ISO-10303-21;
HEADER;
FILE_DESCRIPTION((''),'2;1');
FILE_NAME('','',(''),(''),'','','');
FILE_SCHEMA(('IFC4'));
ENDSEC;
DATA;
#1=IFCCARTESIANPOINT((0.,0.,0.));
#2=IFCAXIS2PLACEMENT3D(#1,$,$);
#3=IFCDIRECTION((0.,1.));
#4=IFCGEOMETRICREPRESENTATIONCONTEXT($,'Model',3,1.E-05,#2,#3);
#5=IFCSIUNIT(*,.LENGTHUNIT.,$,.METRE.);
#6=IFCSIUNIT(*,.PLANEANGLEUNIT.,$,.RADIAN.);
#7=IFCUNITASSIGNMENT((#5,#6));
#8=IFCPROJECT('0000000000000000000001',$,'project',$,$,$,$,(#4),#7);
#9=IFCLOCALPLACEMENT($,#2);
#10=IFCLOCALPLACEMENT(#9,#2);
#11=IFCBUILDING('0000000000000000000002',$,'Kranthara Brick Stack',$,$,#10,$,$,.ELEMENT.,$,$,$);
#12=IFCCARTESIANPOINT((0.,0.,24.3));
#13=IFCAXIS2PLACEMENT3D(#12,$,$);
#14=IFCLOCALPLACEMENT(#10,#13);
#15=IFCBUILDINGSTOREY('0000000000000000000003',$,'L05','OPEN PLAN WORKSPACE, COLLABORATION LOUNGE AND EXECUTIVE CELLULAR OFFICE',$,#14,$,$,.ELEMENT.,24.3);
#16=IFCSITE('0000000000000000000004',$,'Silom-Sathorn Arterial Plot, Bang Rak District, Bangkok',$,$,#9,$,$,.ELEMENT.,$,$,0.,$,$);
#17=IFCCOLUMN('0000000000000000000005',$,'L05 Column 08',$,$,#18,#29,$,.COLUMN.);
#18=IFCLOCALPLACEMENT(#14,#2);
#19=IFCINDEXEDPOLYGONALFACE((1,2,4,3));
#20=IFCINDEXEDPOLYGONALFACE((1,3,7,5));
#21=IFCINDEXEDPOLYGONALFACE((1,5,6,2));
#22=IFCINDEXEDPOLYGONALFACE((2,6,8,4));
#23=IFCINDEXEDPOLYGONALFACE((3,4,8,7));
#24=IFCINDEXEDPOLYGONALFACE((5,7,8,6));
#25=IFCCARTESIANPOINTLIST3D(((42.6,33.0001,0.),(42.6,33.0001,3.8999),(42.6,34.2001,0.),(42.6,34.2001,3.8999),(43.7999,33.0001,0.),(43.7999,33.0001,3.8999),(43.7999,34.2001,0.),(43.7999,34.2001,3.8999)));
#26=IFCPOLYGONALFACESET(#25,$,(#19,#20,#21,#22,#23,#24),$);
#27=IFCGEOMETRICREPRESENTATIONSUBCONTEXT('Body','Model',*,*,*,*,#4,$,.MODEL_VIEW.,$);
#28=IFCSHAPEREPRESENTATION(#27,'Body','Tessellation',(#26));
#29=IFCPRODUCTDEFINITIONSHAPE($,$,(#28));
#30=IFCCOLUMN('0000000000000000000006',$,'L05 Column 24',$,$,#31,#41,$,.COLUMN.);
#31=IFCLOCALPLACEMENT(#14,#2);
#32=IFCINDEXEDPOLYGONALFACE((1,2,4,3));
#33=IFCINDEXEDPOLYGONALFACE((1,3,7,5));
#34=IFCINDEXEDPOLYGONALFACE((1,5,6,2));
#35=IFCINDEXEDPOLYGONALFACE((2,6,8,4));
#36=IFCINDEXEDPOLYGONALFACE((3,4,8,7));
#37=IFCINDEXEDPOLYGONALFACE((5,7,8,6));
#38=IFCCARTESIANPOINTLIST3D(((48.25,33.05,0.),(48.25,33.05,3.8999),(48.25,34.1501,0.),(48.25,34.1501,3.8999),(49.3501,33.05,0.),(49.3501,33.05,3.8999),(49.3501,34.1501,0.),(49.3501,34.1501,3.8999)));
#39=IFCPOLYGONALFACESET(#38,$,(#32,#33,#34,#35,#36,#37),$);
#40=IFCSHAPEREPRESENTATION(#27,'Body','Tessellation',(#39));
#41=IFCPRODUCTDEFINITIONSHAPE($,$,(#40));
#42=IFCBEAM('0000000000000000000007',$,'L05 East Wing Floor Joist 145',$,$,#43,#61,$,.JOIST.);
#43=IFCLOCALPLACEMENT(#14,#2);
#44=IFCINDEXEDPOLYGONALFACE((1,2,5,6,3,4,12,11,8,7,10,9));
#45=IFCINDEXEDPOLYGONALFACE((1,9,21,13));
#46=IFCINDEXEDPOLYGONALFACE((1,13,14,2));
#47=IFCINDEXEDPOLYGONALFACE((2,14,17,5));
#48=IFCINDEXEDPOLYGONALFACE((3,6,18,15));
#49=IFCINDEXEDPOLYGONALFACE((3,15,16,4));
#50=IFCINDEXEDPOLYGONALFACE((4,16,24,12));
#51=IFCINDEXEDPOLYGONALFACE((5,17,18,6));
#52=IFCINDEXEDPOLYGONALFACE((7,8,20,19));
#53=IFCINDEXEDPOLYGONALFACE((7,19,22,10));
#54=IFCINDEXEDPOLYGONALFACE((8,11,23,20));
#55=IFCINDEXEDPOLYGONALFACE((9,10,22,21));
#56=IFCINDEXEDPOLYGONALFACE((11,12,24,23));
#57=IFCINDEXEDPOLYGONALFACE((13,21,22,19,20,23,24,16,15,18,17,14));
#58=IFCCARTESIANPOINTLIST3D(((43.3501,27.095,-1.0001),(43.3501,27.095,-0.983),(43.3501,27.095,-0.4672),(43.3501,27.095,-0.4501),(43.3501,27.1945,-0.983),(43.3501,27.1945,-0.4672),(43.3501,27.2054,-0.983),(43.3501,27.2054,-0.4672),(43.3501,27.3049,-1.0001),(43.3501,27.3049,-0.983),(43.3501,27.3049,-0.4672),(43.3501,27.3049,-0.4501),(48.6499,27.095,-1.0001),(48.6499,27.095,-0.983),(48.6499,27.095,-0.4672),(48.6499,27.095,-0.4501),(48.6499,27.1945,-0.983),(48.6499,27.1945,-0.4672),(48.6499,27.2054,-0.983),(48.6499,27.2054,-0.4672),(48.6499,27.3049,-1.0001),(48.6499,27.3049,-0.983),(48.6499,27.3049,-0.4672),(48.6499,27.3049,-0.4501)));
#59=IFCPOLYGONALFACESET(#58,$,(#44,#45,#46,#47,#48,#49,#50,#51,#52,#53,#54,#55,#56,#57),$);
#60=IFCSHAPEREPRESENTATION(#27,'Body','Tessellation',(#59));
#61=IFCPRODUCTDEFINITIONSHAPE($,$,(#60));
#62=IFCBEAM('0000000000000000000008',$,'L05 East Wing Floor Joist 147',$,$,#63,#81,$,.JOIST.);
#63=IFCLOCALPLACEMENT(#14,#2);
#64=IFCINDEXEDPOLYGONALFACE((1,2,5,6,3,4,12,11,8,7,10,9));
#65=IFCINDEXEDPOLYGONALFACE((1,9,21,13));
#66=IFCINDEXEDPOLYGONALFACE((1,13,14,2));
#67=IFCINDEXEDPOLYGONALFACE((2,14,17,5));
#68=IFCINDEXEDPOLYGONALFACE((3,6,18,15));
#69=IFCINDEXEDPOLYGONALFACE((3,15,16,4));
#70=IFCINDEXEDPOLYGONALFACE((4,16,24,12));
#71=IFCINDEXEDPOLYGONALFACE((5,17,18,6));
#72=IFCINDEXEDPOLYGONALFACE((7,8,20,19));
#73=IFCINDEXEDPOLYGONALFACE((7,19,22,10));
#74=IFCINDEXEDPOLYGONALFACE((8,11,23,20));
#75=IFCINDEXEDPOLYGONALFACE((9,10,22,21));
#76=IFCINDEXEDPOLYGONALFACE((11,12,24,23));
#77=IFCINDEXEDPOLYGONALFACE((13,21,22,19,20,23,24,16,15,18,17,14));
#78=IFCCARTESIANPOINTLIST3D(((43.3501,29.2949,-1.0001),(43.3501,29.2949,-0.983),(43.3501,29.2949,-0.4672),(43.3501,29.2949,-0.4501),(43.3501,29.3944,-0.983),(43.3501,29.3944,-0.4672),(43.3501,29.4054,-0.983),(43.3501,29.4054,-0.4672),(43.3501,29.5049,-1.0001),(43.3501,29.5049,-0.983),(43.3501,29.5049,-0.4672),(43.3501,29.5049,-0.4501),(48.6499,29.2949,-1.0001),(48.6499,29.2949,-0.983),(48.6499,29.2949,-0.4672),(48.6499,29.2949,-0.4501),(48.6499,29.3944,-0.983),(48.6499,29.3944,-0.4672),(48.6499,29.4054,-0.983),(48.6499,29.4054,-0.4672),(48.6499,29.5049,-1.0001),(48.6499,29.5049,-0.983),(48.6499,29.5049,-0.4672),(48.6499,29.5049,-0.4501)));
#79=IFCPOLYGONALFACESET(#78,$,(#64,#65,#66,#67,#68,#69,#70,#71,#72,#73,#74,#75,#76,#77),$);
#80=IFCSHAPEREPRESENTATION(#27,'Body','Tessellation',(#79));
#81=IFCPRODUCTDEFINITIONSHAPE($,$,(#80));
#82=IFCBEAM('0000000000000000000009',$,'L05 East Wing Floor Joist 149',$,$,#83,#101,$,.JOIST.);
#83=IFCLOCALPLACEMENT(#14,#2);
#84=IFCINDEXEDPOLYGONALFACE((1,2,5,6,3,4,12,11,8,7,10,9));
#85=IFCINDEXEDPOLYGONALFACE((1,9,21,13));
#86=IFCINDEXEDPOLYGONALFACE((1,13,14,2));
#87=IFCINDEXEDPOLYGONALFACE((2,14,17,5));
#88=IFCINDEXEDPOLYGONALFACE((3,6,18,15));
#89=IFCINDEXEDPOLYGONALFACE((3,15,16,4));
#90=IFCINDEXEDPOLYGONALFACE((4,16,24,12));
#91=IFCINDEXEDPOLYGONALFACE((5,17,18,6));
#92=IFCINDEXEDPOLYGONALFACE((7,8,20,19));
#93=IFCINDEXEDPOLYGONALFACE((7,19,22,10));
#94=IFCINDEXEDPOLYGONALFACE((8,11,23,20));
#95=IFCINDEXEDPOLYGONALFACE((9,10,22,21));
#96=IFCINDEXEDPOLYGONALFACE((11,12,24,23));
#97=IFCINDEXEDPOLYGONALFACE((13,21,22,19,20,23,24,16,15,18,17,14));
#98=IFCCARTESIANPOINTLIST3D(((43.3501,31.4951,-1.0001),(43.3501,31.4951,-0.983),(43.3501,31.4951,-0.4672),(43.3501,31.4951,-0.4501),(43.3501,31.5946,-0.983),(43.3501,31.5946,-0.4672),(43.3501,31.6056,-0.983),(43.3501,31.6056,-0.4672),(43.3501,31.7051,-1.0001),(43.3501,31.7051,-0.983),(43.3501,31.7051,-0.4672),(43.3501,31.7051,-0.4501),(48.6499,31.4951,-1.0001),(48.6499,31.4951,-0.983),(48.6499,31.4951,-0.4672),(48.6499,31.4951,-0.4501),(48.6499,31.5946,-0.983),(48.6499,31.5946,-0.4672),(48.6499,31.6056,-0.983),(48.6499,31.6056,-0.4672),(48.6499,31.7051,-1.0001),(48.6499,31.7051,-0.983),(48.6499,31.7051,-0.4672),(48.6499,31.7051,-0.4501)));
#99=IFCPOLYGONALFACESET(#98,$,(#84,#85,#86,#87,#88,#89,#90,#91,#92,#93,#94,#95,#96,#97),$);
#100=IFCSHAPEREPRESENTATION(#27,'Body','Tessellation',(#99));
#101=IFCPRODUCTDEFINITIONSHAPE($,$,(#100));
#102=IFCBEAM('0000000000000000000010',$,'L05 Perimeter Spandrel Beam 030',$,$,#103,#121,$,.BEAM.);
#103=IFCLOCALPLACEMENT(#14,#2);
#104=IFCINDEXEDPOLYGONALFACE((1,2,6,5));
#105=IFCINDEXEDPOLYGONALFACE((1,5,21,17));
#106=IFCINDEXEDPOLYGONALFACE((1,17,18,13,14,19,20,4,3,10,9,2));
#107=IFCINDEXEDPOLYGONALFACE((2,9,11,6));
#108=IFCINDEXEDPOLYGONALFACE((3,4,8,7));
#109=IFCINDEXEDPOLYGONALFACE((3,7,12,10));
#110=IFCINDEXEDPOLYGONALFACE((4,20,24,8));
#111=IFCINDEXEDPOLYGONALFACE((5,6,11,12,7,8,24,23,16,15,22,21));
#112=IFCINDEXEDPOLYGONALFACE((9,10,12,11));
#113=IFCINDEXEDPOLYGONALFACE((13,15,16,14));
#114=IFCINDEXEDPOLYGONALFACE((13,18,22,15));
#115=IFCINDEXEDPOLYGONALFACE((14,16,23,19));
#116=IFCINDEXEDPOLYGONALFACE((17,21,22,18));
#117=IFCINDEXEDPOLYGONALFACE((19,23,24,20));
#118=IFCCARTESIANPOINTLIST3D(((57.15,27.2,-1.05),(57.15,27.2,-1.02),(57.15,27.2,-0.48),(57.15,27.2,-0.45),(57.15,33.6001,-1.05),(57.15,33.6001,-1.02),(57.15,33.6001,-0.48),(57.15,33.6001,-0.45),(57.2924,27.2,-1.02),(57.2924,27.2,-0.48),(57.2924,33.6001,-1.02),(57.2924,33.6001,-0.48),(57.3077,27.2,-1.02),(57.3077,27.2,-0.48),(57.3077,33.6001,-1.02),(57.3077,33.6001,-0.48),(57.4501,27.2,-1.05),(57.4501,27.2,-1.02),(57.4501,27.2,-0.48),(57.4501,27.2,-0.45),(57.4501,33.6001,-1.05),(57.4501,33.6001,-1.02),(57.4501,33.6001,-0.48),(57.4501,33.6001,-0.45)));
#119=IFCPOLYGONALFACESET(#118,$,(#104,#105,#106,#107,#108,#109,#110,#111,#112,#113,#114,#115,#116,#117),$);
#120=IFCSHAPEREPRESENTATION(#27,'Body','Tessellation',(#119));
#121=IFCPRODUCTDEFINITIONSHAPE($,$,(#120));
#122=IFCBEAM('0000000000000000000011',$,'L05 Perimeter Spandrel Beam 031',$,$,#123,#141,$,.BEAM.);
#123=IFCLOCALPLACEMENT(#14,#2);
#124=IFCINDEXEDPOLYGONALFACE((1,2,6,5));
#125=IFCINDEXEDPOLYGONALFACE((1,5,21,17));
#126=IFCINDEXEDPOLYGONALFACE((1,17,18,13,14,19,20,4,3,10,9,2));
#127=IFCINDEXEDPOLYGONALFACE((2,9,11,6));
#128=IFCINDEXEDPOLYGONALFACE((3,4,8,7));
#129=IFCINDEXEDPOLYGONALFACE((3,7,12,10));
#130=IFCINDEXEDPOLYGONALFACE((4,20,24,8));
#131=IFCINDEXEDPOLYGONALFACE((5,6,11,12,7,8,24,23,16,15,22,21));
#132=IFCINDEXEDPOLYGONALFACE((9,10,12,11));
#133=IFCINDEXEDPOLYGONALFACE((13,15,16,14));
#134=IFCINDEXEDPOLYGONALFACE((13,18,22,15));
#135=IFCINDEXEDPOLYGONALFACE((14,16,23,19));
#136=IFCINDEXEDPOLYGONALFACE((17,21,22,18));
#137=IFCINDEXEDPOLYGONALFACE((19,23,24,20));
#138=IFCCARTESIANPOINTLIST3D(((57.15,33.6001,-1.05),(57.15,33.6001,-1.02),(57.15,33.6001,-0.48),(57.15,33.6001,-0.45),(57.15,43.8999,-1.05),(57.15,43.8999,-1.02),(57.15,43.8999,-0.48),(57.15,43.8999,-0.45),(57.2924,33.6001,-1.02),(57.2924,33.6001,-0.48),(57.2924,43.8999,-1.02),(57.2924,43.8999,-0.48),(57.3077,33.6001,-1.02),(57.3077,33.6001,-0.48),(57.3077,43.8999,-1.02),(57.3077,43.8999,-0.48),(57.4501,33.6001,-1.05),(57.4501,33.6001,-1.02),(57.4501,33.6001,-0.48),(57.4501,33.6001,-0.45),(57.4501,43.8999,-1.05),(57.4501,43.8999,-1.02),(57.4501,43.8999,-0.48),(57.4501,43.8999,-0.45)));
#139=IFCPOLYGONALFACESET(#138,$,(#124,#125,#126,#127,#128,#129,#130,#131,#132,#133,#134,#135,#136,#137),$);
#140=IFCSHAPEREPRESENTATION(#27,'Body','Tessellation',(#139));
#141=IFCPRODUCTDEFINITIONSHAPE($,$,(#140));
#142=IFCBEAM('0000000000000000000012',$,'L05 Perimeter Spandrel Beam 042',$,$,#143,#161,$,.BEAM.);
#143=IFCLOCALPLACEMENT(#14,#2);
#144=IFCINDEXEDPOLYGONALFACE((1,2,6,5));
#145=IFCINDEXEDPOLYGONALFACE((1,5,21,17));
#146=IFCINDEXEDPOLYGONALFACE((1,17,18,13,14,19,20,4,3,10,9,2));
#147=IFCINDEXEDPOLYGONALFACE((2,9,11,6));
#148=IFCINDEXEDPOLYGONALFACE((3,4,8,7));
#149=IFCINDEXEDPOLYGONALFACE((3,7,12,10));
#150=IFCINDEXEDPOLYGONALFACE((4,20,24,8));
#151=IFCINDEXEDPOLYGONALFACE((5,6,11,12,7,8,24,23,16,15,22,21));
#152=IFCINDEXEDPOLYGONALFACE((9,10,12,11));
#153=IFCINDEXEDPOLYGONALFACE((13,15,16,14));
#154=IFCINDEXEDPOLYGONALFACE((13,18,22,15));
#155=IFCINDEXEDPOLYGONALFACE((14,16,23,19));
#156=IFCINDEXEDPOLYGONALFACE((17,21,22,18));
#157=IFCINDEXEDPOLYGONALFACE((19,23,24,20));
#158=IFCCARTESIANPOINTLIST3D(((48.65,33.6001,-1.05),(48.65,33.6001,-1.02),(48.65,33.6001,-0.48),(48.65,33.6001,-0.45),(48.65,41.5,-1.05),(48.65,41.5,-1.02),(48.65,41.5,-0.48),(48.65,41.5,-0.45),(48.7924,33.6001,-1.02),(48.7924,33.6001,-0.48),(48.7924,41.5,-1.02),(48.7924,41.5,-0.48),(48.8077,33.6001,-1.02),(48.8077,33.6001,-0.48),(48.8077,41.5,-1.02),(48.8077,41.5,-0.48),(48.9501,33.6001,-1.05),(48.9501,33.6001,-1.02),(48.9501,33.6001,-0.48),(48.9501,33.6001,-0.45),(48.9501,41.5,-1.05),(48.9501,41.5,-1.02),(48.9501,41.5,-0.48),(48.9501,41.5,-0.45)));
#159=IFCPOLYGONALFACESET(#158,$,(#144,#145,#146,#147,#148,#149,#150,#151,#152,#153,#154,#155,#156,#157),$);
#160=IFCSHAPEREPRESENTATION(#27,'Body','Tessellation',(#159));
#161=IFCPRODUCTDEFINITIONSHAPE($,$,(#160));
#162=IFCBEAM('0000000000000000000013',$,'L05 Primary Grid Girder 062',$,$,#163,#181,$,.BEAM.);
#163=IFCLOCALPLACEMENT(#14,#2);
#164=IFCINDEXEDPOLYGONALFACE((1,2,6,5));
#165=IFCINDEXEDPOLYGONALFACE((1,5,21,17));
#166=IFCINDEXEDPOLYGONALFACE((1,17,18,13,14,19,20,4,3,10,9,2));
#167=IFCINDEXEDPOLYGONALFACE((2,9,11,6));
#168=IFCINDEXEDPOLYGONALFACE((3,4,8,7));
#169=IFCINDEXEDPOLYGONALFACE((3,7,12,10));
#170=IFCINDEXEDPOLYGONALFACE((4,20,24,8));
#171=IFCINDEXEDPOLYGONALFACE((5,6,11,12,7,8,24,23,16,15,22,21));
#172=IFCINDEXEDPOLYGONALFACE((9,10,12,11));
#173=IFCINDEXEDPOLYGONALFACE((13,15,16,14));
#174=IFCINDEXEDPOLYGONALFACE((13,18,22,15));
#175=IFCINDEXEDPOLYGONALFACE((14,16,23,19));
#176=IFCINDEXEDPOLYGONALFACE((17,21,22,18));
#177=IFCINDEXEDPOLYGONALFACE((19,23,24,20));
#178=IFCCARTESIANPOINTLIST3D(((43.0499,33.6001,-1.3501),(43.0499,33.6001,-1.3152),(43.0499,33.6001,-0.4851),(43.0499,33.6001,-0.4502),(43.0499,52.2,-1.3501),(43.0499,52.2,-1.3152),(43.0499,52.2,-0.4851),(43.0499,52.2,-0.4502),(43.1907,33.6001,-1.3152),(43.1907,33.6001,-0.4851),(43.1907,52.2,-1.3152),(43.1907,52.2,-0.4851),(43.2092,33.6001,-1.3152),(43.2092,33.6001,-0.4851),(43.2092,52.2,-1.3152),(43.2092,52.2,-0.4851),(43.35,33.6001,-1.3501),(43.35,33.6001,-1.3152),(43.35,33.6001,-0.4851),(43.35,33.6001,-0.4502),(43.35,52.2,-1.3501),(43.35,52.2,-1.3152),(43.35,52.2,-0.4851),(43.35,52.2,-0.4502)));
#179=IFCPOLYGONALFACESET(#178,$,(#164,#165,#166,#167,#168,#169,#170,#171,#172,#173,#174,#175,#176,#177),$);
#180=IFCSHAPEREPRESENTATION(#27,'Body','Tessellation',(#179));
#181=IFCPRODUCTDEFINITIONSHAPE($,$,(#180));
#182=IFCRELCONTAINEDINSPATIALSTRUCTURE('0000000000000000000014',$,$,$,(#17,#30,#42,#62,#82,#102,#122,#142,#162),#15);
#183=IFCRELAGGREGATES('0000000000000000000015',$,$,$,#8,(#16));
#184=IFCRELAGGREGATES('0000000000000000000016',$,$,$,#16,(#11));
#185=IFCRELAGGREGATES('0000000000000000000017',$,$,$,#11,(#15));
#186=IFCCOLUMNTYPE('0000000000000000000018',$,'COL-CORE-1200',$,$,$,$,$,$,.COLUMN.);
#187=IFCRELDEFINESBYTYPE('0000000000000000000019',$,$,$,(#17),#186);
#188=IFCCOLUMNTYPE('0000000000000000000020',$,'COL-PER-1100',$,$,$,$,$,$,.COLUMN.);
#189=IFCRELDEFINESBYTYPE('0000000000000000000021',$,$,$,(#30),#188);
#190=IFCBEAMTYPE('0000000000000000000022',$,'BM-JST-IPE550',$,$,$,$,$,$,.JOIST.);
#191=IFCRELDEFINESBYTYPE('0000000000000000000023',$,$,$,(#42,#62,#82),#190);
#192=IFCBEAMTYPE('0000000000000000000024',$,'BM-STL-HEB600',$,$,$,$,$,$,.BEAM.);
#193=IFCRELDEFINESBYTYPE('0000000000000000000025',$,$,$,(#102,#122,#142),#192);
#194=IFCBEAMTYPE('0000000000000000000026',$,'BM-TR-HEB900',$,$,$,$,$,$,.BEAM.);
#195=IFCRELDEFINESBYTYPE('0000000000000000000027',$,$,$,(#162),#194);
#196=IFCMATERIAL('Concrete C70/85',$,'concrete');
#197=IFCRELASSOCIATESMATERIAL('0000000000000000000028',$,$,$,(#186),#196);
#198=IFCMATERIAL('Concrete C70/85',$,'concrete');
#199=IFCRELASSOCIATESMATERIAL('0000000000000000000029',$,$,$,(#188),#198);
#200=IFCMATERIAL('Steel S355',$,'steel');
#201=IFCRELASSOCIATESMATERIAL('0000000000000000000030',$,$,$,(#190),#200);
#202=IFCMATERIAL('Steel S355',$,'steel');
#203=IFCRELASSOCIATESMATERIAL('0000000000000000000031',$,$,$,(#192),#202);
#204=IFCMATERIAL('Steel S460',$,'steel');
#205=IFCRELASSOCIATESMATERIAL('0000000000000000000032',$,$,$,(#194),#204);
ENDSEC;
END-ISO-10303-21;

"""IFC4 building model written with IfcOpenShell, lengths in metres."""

from ifc_helpers import new_model, si_unit, direction, frame, origin, origin_2d, place, context, subcontext, project, spatial, rectangle, i_section, extrude, material, material_profile, profile_set, type_object, element, save


model = new_model("IFC4")

# Units and contexts
model_context = context("Model", 3, precision=1e-05, world=origin(), true_north=direction((0.0, 1.0)))
body_context = subcontext(model_context, "Body", "Model", "MODEL_VIEW")
ifc_project = project(units=[si_unit("LENGTHUNIT", "METRE"), si_unit("PLANEANGLEUNIT", "RADIAN")], contexts=[model_context])

# Site, building, storey
site_placement = place(None, origin())
site = spatial("IfcSite", under=ifc_project, at=site_placement, Name="Silom-Sathorn Arterial Plot, Bang Rak District, Bangkok", CompositionType="ELEMENT", RefElevation=0.0)
building_placement = place(site_placement, origin())
building = spatial("IfcBuilding", under=site, at=building_placement, Name="Kranthara Brick Stack", CompositionType="ELEMENT")
storey_placement = place(building_placement, frame((0.0, 0.0, 24.3)))
storey = spatial("IfcBuildingStorey", under=building, at=storey_placement, Name="L05", Description="OPEN PLAN WORKSPACE, COLLABORATION LOUNGE AND EXECUTIVE CELLULAR OFFICE", CompositionType="ELEMENT", Elevation=24.3)

# Columns
ifc_material_1 = material(Name="Concrete C70/85", Category="concrete")
ifc_material_profile_1 = material_profile(ifc_material_1, rectangle(XDim=1.2, YDim=1.2, at=origin_2d()), Name="RC 1200x1200")
ifc_profile_set_1 = profile_set([ifc_material_profile_1], Name="Concrete C70/85")
column_type_1 = type_object("IfcColumnType", Name="COL-CORE-1200", PredefinedType="COLUMN", material=ifc_profile_set_1)
column_1_placement = place(storey_placement, frame((43.2, 33.6001, 0.0), z_axis=(0.0, 0.0, 1.0), x_axis=(1.0, 0.0, 0.0)))
element("IfcColumn", 1, at=column_1_placement, inside=storey, type_object=column_type_1, Name="L05 Column 08", PredefinedType="COLUMN", context=body_context, shape_type="SweptSolid", body=[
    extrude(rectangle(XDim=1.2, YDim=1.2, at=origin_2d()), origin(), (0.0, 0.0, 1.0), 3.8999),
])
ifc_material_2 = material(Name="Concrete C70/85", Category="concrete")
ifc_material_profile_2 = material_profile(ifc_material_2, rectangle(XDim=1.1001, YDim=1.1001, at=origin_2d()), Name="RC 1100x1100")
ifc_profile_set_2 = profile_set([ifc_material_profile_2], Name="Concrete C70/85")
column_type_2 = type_object("IfcColumnType", Name="COL-PER-1100", PredefinedType="COLUMN", material=ifc_profile_set_2)
column_2_placement = place(storey_placement, frame((48.8, 33.6001, 0.0), z_axis=(0.0, 0.0, 1.0), x_axis=(1.0, 0.0, 0.0)))
element("IfcColumn", 2, at=column_2_placement, inside=storey, type_object=column_type_2, Name="L05 Column 24", PredefinedType="COLUMN", context=body_context, shape_type="SweptSolid", body=[
    extrude(rectangle(XDim=1.1001, YDim=1.1001, at=origin_2d()), origin(), (0.0, 0.0, 1.0), 3.8999),
])

# Beams
ifc_material_3 = material(Name="Steel S355", Category="steel")
ifc_material_profile_3 = material_profile(ifc_material_3, i_section(OverallWidth=0.21, OverallDepth=0.55, WebThickness=0.011, FlangeThickness=0.0171, at=origin_2d()), Name="IPE 550")
ifc_profile_set_3 = profile_set([ifc_material_profile_3], Name="Steel S355")
beam_type_1 = type_object("IfcBeamType", Name="BM-JST-IPE550", PredefinedType="JOIST", material=ifc_profile_set_3)
for number, where, z_axis, x_axis, name in (
    (3, (43.3501, 27.2, -0.7251), (1.0, 0.0, 0.0), (0.0, 1.0, 0.0), "L05 East Wing Floor Joist 145"),
    (4, (43.3501, 29.3999, -0.7251), (1.0, 0.0, 0.0), (0.0, 1.0, 0.0), "L05 East Wing Floor Joist 147"),
    (5, (43.3501, 31.6001, -0.7251), (1.0, 0.0, 0.0), (0.0, 1.0, 0.0), "L05 East Wing Floor Joist 149"),
):
    element("IfcBeam", number, at=place(storey_placement, frame(where, z_axis=z_axis, x_axis=x_axis)), inside=storey, type_object=beam_type_1, Name=name, PredefinedType="JOIST", context=body_context, shape_type="SweptSolid", body=[
        extrude(i_section(OverallWidth=0.21, OverallDepth=0.55, WebThickness=0.011, FlangeThickness=0.0171, at=origin_2d()), origin(), (0.0, 0.0, 1.0), 5.2998),
    ])
ifc_material_4 = material(Name="Steel S355", Category="steel")
ifc_material_profile_4 = material_profile(ifc_material_4, i_section(OverallWidth=0.3, OverallDepth=0.6001, WebThickness=0.0154, FlangeThickness=0.03, at=origin_2d()), Name="HEB 600")
ifc_profile_set_4 = profile_set([ifc_material_profile_4], Name="Steel S355")
beam_type_2 = type_object("IfcBeamType", Name="BM-STL-HEB600", PredefinedType="BEAM", material=ifc_profile_set_4)
beam_1_placement = place(storey_placement, frame((57.3, 27.2, -0.75), z_axis=(0.0, 1.0, 0.0), x_axis=(-1.0, 0.0, 0.0)))
element("IfcBeam", 6, at=beam_1_placement, inside=storey, type_object=beam_type_2, Name="L05 Perimeter Spandrel Beam 030", PredefinedType="BEAM", context=body_context, shape_type="SweptSolid", body=[
    extrude(i_section(OverallWidth=0.3, OverallDepth=0.6001, WebThickness=0.0154, FlangeThickness=0.03, at=origin_2d()), origin(), (0.0, 0.0, 1.0), 6.4001),
])
beam_2_placement = place(storey_placement, frame((57.3, 33.6001, -0.75), z_axis=(0.0, 1.0, 0.0), x_axis=(-1.0, 0.0, 0.0)))
element("IfcBeam", 7, at=beam_2_placement, inside=storey, type_object=beam_type_2, Name="L05 Perimeter Spandrel Beam 031", PredefinedType="BEAM", context=body_context, shape_type="SweptSolid", body=[
    extrude(i_section(OverallWidth=0.3, OverallDepth=0.6001, WebThickness=0.0154, FlangeThickness=0.03, at=origin_2d()), origin(), (0.0, 0.0, 1.0), 10.2998),
])
beam_3_placement = place(storey_placement, frame((48.8, 33.6001, -0.75), z_axis=(0.0, 1.0, 0.0), x_axis=(-1.0, 0.0, 0.0)))
element("IfcBeam", 8, at=beam_3_placement, inside=storey, type_object=beam_type_2, Name="L05 Perimeter Spandrel Beam 042", PredefinedType="BEAM", context=body_context, shape_type="SweptSolid", body=[
    extrude(i_section(OverallWidth=0.3, OverallDepth=0.6001, WebThickness=0.0154, FlangeThickness=0.03, at=origin_2d()), origin(), (0.0, 0.0, 1.0), 7.8999),
])
ifc_material_5 = material(Name="Steel S460", Category="steel")
ifc_material_profile_5 = material_profile(ifc_material_5, i_section(OverallWidth=0.3, OverallDepth=0.8999, WebThickness=0.0186, FlangeThickness=0.0349, at=origin_2d()), Name="HEB 900")
ifc_profile_set_5 = profile_set([ifc_material_profile_5], Name="Steel S460")
beam_type_3 = type_object("IfcBeamType", Name="BM-TR-HEB900", PredefinedType="BEAM", material=ifc_profile_set_5)
beam_4_placement = place(storey_placement, frame((43.2, 33.6001, -0.9001), z_axis=(0.0, 1.0, 0.0), x_axis=(-1.0, 0.0, 0.0)))
element("IfcBeam", 9, at=beam_4_placement, inside=storey, type_object=beam_type_3, Name="L05 Primary Grid Girder 062", PredefinedType="BEAM", context=body_context, shape_type="SweptSolid", body=[
    extrude(i_section(OverallWidth=0.3, OverallDepth=0.8999, WebThickness=0.0186, FlangeThickness=0.0349, at=origin_2d()), origin(), (0.0, 0.0, 1.0), 18.5999),
])

save(model, "model.ifc")
